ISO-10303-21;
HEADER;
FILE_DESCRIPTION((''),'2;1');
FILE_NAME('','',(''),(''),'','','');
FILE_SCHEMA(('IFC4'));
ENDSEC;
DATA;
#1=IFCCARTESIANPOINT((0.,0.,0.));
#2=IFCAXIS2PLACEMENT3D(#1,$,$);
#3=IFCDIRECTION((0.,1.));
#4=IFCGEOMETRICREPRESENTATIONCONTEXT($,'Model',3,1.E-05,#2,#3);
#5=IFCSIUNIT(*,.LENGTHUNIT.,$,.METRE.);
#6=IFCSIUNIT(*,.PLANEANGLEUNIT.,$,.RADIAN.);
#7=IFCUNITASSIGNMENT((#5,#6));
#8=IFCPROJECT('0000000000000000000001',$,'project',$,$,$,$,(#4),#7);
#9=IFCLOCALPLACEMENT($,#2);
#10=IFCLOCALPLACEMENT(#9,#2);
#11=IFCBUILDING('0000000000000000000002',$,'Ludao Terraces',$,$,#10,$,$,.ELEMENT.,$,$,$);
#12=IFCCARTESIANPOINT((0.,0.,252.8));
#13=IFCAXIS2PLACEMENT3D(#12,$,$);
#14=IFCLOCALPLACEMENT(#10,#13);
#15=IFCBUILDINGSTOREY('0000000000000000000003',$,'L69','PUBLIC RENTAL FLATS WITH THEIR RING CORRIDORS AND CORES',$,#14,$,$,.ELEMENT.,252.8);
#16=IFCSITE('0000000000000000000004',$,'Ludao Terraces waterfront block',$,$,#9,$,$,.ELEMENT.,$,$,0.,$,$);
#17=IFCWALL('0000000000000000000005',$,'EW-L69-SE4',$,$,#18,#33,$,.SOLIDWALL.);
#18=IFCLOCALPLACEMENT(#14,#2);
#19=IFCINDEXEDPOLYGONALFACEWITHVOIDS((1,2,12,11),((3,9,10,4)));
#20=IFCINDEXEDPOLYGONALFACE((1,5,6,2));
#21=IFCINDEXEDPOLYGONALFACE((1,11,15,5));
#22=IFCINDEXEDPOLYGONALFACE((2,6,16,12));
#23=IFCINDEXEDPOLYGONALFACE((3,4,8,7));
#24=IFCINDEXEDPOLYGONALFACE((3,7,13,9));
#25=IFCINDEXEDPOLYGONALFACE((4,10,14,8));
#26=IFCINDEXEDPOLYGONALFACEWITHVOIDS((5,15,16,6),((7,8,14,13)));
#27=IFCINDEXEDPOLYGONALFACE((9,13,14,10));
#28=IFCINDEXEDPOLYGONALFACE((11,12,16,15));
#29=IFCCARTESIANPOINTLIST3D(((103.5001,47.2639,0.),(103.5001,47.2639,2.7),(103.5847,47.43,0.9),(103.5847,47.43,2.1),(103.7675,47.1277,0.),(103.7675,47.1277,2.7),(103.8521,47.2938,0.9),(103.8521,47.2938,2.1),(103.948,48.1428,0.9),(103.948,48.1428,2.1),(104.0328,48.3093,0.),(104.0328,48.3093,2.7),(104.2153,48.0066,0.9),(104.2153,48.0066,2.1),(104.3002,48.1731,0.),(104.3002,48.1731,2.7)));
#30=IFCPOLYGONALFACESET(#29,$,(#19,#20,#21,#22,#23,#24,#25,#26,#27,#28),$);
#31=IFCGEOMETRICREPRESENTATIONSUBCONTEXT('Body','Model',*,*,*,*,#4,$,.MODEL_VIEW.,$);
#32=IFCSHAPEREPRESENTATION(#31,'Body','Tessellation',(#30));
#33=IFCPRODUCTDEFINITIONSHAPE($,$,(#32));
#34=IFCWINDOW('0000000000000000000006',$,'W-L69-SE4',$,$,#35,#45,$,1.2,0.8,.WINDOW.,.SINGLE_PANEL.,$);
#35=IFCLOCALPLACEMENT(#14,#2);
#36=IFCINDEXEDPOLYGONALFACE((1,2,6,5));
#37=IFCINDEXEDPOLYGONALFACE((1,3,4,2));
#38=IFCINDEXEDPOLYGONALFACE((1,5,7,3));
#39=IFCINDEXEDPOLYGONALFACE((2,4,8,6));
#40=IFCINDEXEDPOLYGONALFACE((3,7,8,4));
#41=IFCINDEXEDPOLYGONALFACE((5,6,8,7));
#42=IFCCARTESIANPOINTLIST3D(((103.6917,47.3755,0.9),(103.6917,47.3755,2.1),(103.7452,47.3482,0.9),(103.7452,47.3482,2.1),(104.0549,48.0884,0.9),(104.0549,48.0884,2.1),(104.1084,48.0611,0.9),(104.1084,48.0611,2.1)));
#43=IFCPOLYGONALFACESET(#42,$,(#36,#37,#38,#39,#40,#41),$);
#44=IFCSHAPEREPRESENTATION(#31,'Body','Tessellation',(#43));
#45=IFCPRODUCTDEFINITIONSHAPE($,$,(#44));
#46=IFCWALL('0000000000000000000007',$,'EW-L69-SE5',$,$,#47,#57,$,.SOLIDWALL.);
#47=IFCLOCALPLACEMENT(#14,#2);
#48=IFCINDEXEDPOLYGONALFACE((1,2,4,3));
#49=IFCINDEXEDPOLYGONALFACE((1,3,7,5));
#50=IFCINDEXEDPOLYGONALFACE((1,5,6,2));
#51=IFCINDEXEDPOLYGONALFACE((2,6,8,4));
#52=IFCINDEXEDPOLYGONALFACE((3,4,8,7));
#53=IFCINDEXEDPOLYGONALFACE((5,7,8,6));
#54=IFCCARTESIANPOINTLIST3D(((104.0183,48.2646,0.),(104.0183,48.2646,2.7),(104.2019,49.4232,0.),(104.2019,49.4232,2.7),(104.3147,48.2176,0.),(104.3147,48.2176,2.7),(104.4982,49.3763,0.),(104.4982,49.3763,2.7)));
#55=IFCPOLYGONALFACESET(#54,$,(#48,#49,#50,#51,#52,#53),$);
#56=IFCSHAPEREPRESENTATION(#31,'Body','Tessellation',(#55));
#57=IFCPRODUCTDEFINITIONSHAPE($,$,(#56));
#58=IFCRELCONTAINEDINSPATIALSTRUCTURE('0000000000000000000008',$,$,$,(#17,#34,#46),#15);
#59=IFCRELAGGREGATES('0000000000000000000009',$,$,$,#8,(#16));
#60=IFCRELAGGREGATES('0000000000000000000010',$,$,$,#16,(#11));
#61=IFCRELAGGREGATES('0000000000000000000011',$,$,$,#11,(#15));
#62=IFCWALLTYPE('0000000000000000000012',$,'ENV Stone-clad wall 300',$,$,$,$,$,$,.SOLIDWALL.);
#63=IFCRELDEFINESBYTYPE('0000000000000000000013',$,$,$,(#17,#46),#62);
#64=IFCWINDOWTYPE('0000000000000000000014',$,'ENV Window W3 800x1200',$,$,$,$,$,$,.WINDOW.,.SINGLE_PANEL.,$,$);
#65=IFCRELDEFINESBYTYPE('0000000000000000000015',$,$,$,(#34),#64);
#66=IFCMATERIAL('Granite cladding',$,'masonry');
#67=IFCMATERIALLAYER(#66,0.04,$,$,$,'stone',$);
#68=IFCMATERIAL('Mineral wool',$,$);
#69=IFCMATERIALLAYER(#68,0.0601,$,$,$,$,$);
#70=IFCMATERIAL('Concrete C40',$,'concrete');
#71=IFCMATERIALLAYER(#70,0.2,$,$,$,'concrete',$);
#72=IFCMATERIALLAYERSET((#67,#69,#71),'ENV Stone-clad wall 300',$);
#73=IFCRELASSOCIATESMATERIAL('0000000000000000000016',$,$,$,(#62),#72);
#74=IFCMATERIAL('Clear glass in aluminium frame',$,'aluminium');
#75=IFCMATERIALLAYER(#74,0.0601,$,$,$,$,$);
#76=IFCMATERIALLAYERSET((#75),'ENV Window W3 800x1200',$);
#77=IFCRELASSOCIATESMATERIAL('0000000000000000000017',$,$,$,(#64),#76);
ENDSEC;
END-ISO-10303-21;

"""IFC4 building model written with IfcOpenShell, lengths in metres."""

from ifc_helpers import new_model, si_unit, direction, frame, frame_2d, origin, place, context, subcontext, project, spatial, rectangle, extrude, material, layer, layer_set, type_object, element, fill, save


model = new_model("IFC4")

# Units and contexts
model_context = context("Model", 3, precision=1e-05, world=origin(), true_north=direction((0.0, 1.0)))
body_context = subcontext(model_context, "Body", "Model", "MODEL_VIEW")
ifc_project = project(units=[si_unit("LENGTHUNIT", "METRE"), si_unit("PLANEANGLEUNIT", "RADIAN")], contexts=[model_context])

# Site, building, storey
site_placement = place(None, origin())
site = spatial("IfcSite", under=ifc_project, at=site_placement, Name="Ludao Terraces waterfront block", CompositionType="ELEMENT", RefElevation=0.0)
building_placement = place(site_placement, origin())
building = spatial("IfcBuilding", under=site, at=building_placement, Name="Ludao Terraces", CompositionType="ELEMENT")
storey_placement = place(building_placement, frame((0.0, 0.0, 252.8)))
storey = spatial("IfcBuildingStorey", under=building, at=storey_placement, Name="L69", Description="PUBLIC RENTAL FLATS WITH THEIR RING CORRIDORS AND CORES", CompositionType="ELEMENT", Elevation=252.8)

# Shared definitions
ifc_material_1 = material(Name="Concrete C40", Category="concrete")

# Wall, opening, window
ifc_material_2 = material(Name="Granite cladding", Category="masonry")
ifc_layer_1 = layer(ifc_material_2, 0.04, Category="stone")
ifc_material_3 = material(Name="Mineral wool")
ifc_layer_2 = layer(ifc_material_3, 0.0601)
ifc_layer_3 = layer(ifc_material_1, 0.2, Category="concrete")
ifc_layer_set_1 = layer_set([ifc_layer_1, ifc_layer_2, ifc_layer_3], Name="ENV Stone-clad wall 300")
wall_type = type_object("IfcWallType", Name="ENV Stone-clad wall 300", PredefinedType="SOLIDWALL", material=ifc_layer_set_1)
ifc_material_4 = material(Name="Clear glass in aluminium frame", Category="aluminium")
ifc_layer_4 = layer(ifc_material_4, 0.0601)
ifc_layer_set_2 = layer_set([ifc_layer_4], Name="ENV Window W3 800x1200")
window_type_1 = type_object("IfcWindowType", Name="ENV Window W3 800x1200", PartitioningType="SINGLE_PANEL", PredefinedType="WINDOW", material=ifc_layer_set_2)
wall_1_placement = place(storey_placement, frame((103.6338, 47.1958, 0.0), z_axis=(0.0, 0.0, 1.0), x_axis=(0.454026, 0.890989, 0.0)))
wall_1 = element("IfcWall", 1, at=wall_1_placement, inside=storey, type_object=wall_type, Name="EW-L69-SE4", PredefinedType="SOLIDWALL", context=body_context, shape_type="SweptSolid", body=[
    extrude(rectangle(XDim=1.1733, YDim=0.3, at=frame_2d((0.5867, 0.0))), origin(), (0.0, 0.0, 1.0), 2.7),
])
opening_1_placement = place(wall_1_placement, frame((0.1865, 0.0, 0.8999)))
opening_1 = element("IfcOpeningElement", 2, at=opening_1_placement, cuts=wall_1, PredefinedType="OPENING", context=body_context, shape_type="SweptSolid", body=[
    extrude(rectangle(XDim=0.8, YDim=1.2, at=frame_2d((0.3999, 0.6001))), frame((0.0, 0.1602, 0.0), z_axis=(0.0, -1.0, 0.0), x_axis=(1.0, 0.0, 0.0)), (0.0, 0.0, 1.0), 0.3201),
])
window_1_placement = place(opening_1_placement, origin())
window_1 = element("IfcWindow", 3, at=window_1_placement, inside=storey, type_object=window_type_1, Name="W-L69-SE4", OverallHeight=1.2, OverallWidth=0.8, PartitioningType="SINGLE_PANEL", PredefinedType="WINDOW", context=body_context, shape_type="SweptSolid", body=[
    extrude(rectangle(XDim=0.8, YDim=1.2, at=frame_2d((0.3999, 0.6001))), frame((0.0, 0.03, 0.0), z_axis=(0.0, -1.0, 0.0), x_axis=(1.0, 0.0, 0.0)), (0.0, 0.0, 1.0), 0.0601),
])
fill(opening_1, window_1)

# Wall
wall_2_placement = place(storey_placement, frame((104.1665, 48.2412, 0.0), z_axis=(0.0, 0.0, 1.0), x_axis=(0.156497, 0.987678, 0.0)))
element("IfcWall", 4, at=wall_2_placement, inside=storey, type_object=wall_type, Name="EW-L69-SE5", PredefinedType="SOLIDWALL", context=body_context, shape_type="SweptSolid", body=[
    extrude(rectangle(XDim=1.1731, YDim=0.3, at=frame_2d((0.5864, 0.0))), origin(), (0.0, 0.0, 1.0), 2.7),
])

save(model, "model.ifc")
